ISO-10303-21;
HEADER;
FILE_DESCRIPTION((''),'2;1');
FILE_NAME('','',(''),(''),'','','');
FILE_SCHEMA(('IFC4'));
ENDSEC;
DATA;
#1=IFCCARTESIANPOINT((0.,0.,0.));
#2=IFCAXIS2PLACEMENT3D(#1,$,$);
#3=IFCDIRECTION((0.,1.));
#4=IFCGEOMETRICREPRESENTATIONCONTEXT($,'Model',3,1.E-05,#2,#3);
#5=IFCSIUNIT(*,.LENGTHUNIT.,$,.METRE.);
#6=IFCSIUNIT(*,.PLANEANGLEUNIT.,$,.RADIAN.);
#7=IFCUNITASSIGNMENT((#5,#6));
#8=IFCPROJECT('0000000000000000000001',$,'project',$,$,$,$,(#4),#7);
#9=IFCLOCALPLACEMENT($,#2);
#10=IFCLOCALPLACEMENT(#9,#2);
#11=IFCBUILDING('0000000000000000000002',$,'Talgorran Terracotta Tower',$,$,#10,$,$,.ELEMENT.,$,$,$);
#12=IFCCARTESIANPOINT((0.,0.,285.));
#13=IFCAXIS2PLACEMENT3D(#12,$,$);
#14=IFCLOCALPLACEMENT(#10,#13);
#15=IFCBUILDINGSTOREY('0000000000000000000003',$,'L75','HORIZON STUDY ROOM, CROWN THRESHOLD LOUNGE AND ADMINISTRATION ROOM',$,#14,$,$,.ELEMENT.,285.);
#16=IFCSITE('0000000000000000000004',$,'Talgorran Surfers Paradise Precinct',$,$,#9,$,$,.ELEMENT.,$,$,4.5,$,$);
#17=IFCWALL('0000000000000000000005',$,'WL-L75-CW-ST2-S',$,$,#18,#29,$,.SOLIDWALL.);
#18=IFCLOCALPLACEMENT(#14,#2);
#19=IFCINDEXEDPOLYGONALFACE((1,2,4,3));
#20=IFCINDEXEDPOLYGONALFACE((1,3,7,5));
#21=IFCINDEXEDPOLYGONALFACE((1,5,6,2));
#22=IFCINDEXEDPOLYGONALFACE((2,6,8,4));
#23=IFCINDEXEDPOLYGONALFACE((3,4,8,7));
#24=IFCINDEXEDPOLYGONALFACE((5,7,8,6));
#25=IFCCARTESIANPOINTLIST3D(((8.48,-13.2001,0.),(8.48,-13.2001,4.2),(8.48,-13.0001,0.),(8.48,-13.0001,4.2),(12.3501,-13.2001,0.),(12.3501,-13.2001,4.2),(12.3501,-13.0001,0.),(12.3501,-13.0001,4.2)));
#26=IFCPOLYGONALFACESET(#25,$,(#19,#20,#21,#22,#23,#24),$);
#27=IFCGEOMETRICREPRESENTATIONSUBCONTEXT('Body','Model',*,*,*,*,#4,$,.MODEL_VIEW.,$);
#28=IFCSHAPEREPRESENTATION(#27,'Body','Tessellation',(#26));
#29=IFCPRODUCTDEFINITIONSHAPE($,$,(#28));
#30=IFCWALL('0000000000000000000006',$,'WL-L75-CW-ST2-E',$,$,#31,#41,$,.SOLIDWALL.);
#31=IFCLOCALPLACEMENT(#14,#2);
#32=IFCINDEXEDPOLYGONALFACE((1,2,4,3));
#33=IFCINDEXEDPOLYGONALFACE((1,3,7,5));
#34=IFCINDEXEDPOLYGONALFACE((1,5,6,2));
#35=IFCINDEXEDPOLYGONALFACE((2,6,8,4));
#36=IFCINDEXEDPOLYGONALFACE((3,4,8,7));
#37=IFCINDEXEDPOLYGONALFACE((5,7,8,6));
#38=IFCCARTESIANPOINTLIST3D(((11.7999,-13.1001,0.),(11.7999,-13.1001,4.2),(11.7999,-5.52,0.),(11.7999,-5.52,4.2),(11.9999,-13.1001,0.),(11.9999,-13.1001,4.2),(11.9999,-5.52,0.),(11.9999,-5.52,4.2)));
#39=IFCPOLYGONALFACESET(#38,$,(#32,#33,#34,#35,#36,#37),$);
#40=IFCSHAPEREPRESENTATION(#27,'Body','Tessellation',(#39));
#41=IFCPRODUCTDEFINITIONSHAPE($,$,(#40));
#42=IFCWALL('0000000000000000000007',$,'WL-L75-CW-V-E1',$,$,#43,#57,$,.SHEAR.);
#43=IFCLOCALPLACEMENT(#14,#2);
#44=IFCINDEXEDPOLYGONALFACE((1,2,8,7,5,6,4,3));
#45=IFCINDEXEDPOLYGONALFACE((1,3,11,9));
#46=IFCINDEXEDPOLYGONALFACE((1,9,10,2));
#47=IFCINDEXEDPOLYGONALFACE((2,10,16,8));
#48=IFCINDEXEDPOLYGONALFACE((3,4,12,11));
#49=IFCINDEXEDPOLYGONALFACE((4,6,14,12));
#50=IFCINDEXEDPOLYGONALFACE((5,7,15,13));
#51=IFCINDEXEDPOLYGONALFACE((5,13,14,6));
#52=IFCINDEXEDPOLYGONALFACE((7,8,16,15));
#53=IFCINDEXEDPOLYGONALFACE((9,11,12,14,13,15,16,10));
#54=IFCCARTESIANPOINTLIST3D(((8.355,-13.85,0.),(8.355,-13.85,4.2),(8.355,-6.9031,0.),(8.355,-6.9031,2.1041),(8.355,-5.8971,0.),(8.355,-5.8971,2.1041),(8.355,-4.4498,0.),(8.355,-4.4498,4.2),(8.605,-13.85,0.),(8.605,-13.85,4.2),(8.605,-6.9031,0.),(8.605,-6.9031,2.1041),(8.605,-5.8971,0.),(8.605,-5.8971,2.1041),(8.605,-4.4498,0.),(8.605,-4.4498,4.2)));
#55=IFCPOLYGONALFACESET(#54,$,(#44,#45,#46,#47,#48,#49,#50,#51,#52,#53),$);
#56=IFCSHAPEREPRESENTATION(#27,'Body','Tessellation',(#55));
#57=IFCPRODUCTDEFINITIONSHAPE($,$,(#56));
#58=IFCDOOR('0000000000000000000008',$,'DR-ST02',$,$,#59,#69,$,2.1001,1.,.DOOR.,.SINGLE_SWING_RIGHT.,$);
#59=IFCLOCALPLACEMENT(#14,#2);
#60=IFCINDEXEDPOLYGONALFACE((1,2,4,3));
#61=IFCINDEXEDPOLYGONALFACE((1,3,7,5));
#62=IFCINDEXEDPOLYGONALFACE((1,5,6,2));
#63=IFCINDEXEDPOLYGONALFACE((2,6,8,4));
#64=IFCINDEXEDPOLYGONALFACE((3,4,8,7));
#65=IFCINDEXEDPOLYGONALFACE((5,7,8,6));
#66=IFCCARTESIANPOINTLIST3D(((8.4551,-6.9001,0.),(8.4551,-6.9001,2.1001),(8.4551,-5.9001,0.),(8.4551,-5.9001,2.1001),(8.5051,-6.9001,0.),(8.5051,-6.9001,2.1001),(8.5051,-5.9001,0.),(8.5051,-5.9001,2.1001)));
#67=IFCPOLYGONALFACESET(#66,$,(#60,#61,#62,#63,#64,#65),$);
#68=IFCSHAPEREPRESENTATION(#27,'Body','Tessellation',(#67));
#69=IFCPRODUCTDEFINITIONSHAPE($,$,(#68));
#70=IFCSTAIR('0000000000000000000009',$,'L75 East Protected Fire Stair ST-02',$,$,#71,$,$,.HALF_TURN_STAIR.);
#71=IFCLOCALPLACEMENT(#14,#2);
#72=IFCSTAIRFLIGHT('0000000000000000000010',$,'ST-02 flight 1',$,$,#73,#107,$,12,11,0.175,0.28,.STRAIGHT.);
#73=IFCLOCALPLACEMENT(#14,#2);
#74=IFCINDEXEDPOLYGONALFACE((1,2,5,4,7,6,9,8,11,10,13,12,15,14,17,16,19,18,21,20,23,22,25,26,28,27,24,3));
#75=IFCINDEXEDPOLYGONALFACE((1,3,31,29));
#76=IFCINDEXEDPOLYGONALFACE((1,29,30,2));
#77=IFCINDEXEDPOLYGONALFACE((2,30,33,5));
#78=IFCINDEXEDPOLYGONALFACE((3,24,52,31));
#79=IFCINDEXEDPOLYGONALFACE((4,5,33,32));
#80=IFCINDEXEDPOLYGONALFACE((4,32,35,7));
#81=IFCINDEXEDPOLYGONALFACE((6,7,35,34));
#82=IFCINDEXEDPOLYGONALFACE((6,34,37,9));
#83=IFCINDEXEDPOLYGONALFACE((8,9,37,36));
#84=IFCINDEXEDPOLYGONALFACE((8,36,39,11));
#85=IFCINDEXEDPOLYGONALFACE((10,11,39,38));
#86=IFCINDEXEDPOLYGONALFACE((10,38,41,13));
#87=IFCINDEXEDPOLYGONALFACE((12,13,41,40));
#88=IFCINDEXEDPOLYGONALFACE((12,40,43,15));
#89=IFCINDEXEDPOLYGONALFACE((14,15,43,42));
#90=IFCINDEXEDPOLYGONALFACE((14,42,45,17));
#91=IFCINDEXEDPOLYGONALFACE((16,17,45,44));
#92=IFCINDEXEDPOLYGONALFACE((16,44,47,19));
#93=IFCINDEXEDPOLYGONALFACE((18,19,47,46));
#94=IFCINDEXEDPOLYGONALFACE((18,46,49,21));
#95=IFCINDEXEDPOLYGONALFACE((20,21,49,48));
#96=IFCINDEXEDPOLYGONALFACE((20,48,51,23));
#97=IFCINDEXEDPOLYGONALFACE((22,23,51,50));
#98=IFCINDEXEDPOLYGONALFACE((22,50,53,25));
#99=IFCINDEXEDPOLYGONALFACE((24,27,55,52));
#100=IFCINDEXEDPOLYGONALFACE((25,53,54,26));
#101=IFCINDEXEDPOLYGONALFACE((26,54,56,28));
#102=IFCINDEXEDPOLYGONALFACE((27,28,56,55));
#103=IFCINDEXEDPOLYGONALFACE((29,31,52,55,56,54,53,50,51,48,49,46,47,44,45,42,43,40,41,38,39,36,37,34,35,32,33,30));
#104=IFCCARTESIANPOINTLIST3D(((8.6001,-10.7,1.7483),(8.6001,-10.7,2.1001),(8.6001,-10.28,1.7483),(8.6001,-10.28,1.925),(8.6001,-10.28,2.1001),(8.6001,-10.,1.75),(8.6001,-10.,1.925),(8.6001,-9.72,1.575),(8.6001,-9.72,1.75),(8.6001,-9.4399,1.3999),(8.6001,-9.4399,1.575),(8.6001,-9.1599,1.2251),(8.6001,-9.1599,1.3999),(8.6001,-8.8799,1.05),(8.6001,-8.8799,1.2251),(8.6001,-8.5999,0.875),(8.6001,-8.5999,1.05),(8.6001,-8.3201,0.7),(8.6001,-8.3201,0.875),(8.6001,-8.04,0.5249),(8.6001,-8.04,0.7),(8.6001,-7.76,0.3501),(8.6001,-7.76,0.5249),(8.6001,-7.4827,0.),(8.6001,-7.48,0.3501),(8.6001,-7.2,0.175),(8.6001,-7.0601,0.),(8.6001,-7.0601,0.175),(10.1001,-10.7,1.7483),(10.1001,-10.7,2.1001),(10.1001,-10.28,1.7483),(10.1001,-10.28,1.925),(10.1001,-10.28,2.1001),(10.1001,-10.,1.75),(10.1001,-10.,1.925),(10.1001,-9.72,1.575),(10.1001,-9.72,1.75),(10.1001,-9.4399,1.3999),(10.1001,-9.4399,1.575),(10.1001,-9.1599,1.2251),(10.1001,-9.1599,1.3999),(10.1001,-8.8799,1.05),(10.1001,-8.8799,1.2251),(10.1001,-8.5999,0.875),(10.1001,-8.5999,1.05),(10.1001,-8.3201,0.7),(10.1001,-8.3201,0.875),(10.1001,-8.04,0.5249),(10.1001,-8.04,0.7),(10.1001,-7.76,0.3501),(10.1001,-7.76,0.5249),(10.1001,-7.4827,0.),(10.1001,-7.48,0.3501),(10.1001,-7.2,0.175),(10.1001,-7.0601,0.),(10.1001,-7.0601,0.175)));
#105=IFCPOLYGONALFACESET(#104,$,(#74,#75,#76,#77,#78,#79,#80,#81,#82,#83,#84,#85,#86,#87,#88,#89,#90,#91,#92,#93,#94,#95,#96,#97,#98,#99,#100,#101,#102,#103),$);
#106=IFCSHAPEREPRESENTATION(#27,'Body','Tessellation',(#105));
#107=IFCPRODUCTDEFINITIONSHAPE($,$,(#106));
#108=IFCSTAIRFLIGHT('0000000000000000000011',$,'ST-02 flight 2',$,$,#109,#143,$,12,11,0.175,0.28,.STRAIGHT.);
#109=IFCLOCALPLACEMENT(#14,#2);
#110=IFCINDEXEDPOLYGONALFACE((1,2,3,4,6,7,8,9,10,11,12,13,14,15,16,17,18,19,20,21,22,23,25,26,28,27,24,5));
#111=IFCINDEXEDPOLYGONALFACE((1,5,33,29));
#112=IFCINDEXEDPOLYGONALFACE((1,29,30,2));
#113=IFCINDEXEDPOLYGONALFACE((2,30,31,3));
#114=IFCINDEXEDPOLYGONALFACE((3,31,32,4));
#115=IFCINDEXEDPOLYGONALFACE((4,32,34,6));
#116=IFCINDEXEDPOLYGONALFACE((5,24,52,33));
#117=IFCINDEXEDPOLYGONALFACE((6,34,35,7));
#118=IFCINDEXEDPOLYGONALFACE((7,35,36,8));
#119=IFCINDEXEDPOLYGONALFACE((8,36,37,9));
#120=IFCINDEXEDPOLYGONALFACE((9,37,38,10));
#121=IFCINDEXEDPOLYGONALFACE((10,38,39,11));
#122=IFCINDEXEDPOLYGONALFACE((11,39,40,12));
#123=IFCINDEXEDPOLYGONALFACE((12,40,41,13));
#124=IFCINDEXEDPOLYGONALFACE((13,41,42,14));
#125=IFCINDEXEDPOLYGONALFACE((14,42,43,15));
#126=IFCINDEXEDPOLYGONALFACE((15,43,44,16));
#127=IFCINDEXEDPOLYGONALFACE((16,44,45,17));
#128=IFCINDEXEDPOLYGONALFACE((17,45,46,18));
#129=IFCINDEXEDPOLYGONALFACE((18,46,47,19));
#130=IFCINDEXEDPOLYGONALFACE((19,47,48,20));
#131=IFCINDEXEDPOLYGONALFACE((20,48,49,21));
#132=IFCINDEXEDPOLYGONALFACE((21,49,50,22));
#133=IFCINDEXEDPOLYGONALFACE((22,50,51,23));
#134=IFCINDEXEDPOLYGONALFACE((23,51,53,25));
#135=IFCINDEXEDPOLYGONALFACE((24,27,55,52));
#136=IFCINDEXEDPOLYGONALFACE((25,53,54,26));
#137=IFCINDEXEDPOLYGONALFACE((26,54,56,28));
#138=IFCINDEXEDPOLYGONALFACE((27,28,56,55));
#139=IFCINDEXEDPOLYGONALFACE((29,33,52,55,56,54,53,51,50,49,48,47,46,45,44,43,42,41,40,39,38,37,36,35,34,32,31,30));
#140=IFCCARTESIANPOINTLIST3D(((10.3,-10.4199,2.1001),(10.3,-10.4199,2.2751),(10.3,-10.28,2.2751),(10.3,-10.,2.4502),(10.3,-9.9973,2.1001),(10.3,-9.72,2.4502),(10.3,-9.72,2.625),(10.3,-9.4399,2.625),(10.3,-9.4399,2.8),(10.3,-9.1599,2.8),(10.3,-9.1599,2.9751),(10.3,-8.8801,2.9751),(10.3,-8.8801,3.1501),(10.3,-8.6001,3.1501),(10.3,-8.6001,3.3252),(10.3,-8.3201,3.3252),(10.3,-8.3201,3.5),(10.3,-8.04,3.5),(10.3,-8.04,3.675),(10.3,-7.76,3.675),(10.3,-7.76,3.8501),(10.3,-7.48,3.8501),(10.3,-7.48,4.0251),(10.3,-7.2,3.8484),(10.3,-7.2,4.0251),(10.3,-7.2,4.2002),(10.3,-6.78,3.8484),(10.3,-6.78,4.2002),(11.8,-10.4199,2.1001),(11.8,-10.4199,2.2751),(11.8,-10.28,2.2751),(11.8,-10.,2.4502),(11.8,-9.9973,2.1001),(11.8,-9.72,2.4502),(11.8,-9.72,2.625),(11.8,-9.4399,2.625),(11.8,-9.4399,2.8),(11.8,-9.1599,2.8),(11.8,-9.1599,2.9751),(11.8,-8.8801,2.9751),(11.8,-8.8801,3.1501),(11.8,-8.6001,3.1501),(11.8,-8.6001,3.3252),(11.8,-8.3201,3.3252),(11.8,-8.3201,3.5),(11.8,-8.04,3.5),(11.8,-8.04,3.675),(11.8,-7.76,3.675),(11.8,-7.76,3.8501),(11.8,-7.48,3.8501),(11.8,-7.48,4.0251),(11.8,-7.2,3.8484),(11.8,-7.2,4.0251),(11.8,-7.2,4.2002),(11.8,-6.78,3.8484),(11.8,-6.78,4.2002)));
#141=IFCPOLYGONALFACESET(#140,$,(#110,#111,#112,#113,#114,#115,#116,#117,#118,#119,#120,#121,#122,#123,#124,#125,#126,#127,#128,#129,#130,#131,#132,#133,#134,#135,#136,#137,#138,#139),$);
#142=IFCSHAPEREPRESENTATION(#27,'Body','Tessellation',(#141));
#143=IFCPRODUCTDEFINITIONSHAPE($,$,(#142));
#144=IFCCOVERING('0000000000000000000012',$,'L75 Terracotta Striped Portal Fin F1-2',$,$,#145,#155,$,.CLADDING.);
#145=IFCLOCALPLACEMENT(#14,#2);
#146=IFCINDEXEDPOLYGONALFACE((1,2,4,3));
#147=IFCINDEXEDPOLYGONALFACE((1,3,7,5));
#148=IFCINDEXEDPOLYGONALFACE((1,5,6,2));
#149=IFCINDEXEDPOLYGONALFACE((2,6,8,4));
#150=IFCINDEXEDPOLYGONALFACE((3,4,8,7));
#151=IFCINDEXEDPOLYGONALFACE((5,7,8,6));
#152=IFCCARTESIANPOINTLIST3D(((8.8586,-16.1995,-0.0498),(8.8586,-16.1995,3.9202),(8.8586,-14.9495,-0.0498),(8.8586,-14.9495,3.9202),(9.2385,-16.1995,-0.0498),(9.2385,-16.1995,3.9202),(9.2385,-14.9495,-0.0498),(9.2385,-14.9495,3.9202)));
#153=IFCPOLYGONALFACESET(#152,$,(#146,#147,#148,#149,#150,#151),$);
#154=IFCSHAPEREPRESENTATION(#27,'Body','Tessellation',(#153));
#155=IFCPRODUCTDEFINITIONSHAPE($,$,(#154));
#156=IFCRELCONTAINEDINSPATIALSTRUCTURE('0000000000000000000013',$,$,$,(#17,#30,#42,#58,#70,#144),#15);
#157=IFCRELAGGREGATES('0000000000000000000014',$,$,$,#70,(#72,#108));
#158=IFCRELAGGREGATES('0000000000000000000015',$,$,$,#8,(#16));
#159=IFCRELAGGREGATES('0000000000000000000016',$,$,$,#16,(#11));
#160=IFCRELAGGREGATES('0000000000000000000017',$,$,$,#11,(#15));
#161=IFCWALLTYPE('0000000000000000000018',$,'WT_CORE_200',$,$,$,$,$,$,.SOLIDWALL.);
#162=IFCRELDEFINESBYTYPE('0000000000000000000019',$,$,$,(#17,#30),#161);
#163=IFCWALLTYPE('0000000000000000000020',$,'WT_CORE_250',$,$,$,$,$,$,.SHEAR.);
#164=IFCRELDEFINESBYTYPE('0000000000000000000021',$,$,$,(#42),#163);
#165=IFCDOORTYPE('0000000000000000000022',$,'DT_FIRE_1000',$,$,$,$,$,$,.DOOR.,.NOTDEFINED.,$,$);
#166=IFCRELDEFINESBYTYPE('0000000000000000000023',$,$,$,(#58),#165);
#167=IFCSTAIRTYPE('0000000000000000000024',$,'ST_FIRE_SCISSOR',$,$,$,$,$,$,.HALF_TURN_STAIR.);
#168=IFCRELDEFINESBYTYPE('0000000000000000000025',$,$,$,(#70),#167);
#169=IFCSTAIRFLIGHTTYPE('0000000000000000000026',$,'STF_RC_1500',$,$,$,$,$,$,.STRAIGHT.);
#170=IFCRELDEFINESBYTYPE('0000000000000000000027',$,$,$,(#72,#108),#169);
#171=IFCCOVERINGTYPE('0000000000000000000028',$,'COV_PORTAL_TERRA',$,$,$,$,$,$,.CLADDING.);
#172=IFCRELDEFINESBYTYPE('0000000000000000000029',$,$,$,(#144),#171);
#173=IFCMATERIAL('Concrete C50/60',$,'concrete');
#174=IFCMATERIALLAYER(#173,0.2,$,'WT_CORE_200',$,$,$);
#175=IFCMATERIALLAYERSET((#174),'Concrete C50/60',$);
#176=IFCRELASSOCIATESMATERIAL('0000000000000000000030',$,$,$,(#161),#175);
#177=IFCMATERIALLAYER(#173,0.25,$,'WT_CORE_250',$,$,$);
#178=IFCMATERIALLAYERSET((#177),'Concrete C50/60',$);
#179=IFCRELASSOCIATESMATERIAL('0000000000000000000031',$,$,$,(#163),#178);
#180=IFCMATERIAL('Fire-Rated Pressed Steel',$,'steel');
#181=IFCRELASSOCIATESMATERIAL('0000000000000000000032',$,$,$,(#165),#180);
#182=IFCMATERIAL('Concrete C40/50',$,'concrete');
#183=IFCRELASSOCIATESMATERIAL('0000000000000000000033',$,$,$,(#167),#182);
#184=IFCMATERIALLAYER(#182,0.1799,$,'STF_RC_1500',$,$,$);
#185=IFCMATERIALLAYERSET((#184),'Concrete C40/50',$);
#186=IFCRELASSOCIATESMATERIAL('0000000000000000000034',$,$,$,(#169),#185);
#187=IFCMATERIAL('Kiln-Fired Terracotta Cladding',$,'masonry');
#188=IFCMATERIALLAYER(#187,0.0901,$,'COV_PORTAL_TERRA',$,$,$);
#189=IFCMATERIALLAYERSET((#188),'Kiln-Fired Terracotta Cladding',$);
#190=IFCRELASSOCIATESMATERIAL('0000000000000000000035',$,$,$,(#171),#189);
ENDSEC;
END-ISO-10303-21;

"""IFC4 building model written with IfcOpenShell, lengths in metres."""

from ifc_helpers import new_model, si_unit, direction, frame, frame_2d, origin, origin_2d, place, context, subcontext, project, spatial, polyline, rectangle, outline, extrude, material, layer, layer_set, type_object, element, fill, aggregate, save


model = new_model("IFC4")

# Units and contexts
model_context = context("Model", 3, precision=1e-05, world=origin(), true_north=direction((0.0, 1.0)))
body_context = subcontext(model_context, "Body", "Model", "MODEL_VIEW")
ifc_project = project(units=[si_unit("LENGTHUNIT", "METRE"), si_unit("PLANEANGLEUNIT", "RADIAN")], contexts=[model_context])

# Site, building, storey
site_placement = place(None, origin())
site = spatial("IfcSite", under=ifc_project, at=site_placement, Name="Talgorran Surfers Paradise Precinct", CompositionType="ELEMENT", RefElevation=4.5)
building_placement = place(site_placement, origin())
building = spatial("IfcBuilding", under=site, at=building_placement, Name="Talgorran Terracotta Tower", CompositionType="ELEMENT")
storey_placement = place(building_placement, frame((0.0, 0.0, 285.0)))
storey = spatial("IfcBuildingStorey", under=building, at=storey_placement, Name="L75", Description="HORIZON STUDY ROOM, CROWN THRESHOLD LOUNGE AND ADMINISTRATION ROOM", CompositionType="ELEMENT", Elevation=285.0)

# Walls
ifc_material_1 = material(Name="Concrete C50/60", Category="concrete")
ifc_layer_1 = layer(ifc_material_1, 0.2, Name="WT_CORE_200")
ifc_layer_set_1 = layer_set([ifc_layer_1], Name="Concrete C50/60")
wall_type_1 = type_object("IfcWallType", Name="WT_CORE_200", PredefinedType="SOLIDWALL", material=ifc_layer_set_1)
wall_1_placement = place(storey_placement, frame((8.48, -13.1001, 0.0), z_axis=(0.0, 0.0, 1.0), x_axis=(1.0, 0.0, 0.0)))
element("IfcWall", 1, at=wall_1_placement, inside=storey, type_object=wall_type_1, Name="WL-L75-CW-ST2-S", PredefinedType="SOLIDWALL", context=body_context, shape_type="SweptSolid", body=[
    extrude(rectangle(XDim=3.8701, YDim=0.2, at=frame_2d((1.9351, 0.0))), origin(), (0.0, 0.0, 1.0), 4.2),
])
wall_2_placement = place(storey_placement, frame((11.8999, -13.1001, 0.0), z_axis=(0.0, 0.0, 1.0), x_axis=(0.0, 1.0, 0.0)))
element("IfcWall", 2, at=wall_2_placement, inside=storey, type_object=wall_type_1, Name="WL-L75-CW-ST2-E", PredefinedType="SOLIDWALL", context=body_context, shape_type="SweptSolid", body=[
    extrude(rectangle(XDim=7.5801, YDim=0.2, at=frame_2d((3.79, 0.0))), origin(), (0.0, 0.0, 1.0), 4.2),
])

# Wall, opening, door
ifc_layer_2 = layer(ifc_material_1, 0.25, Name="WT_CORE_250")
ifc_layer_set_2 = layer_set([ifc_layer_2], Name="Concrete C50/60")
wall_type_2 = type_object("IfcWallType", Name="WT_CORE_250", PredefinedType="SHEAR", material=ifc_layer_set_2)
wall_3_placement = place(storey_placement, frame((8.48, -13.8501, 0.0), z_axis=(0.0, 0.0, 1.0), x_axis=(0.0, 1.0, 0.0)))
wall_3 = element("IfcWall", 3, at=wall_3_placement, inside=storey, type_object=wall_type_2, Name="WL-L75-CW-V-E1", PredefinedType="SHEAR", context=body_context, shape_type="SweptSolid", body=[
    extrude(rectangle(XDim=9.4001, YDim=0.25, at=frame_2d((4.7002, 0.0))), origin(), (0.0, 0.0, 1.0), 4.2),
])
opening_placement = place(wall_3_placement, frame((6.95, 0.0, 0.0)))
opening = element("IfcOpeningElement", 4, at=opening_placement, cuts=wall_3, PredefinedType="OPENING", context=body_context, shape_type="SweptSolid", body=[
    extrude(rectangle(XDim=1.006, YDim=2.1041, at=frame_2d((0.5, 1.052))), frame((0.0, 0.135, 0.0), z_axis=(0.0, -1.0, 0.0), x_axis=(1.0, 0.0, 0.0)), (0.0, 0.0, 1.0), 0.27),
])
ifc_material_2 = material(Name="Fire-Rated Pressed Steel", Category="steel")
door_type = type_object("IfcDoorType", Name="DT_FIRE_1000", OperationType="NOTDEFINED", PredefinedType="DOOR", material=ifc_material_2)
door_placement = place(opening_placement, origin())
door = element("IfcDoor", 5, at=door_placement, inside=storey, type_object=door_type, Name="DR-ST02", OperationType="SINGLE_SWING_RIGHT", OverallHeight=2.1001, OverallWidth=1.0, PredefinedType="DOOR", context=body_context, shape_type="SweptSolid", body=[
    extrude(rectangle(XDim=1.0, YDim=2.1001, at=frame_2d((0.5, 1.05))), frame((0.0, 0.0249, 0.0), z_axis=(0.0, -1.0, 0.0), x_axis=(1.0, 0.0, 0.0)), (0.0, 0.0, 1.0), 0.05),
])
fill(opening, door)

# Stair, stair flights
ifc_material_3 = material(Name="Concrete C40/50", Category="concrete")
stair_type = type_object("IfcStairType", Name="ST_FIRE_SCISSOR", PredefinedType="HALF_TURN_STAIR", material=ifc_material_3)
stair_placement = place(storey_placement, origin())
stair = element("IfcStair", 6, at=stair_placement, inside=storey, type_object=stair_type, Name="L75 East Protected Fire Stair ST-02", PredefinedType="HALF_TURN_STAIR")
ifc_layer_3 = layer(ifc_material_3, 0.1799, Name="STF_RC_1500")
ifc_layer_set_3 = layer_set([ifc_layer_3], Name="Concrete C40/50")
stair_flight_type = type_object("IfcStairFlightType", Name="STF_RC_1500", PredefinedType="STRAIGHT", material=ifc_layer_set_3)
stair_flight_1_placement = place(storey_placement, frame((9.3501, -7.2, 0.0), z_axis=(0.0, 0.0, 1.0), x_axis=(0.0, -1.0, 0.0)))
stair_flight_1 = element("IfcStairFlight", 7, at=stair_flight_1_placement, type_object=stair_flight_type, Name="ST-02 flight 1", NumberOfRisers=12, NumberOfTreads=11, PredefinedType="STRAIGHT", RiserHeight=0.175, TreadLength=0.28, context=body_context, shape_type="SweptSolid", body=[
    extrude(outline(polyline([(-0.1399, 0.0), (-0.1399, 0.175), (0.0, 0.175), (0.28, 0.3501), (0.5601, 0.3501), (0.5601, 0.5249), (0.8401, 0.5249), (0.8401, 0.7), (1.1201, 0.7), (1.1201, 0.875), (1.3999, 0.875), (1.3999, 1.05), (1.6799, 1.05), (1.6799, 1.2251), (1.96, 1.2251), (1.96, 1.3999), (2.24, 1.3999), (2.24, 1.575), (2.52, 1.575), (2.52, 1.75), (2.8, 1.75), (2.8, 1.925), (3.0801, 1.925), (3.0801, 2.1001), (3.5, 2.1001), (3.5, 1.7483), (3.0801, 1.7483), (0.2827, 0.0), (-0.1399, 0.0)])), frame((0.0, 0.75, 0.0), z_axis=(0.0, -1.0, 0.0), x_axis=(1.0, 0.0, 0.0)), (0.0, 0.0, 1.0), 1.5),
])
stair_flight_2_placement = place(storey_placement, frame((11.05, -10.28, 2.1001), z_axis=(0.0, 0.0, 1.0), x_axis=(0.0, 1.0, 0.0)))
stair_flight_2 = element("IfcStairFlight", 8, at=stair_flight_2_placement, type_object=stair_flight_type, Name="ST-02 flight 2", NumberOfRisers=12, NumberOfTreads=11, PredefinedType="STRAIGHT", RiserHeight=0.175, TreadLength=0.28, context=body_context, shape_type="SweptSolid", body=[
    extrude(outline(polyline([(-0.1399, 0.0), (-0.1399, 0.175), (0.0, 0.175), (0.28, 0.3501), (0.5601, 0.3501), (0.5601, 0.5249), (0.8401, 0.5249), (0.8401, 0.7), (1.1201, 0.7), (1.1201, 0.875), (1.3999, 0.875), (1.3999, 1.05), (1.6799, 1.05), (1.6799, 1.2251), (1.96, 1.2251), (1.96, 1.3999), (2.24, 1.3999), (2.24, 1.575), (2.52, 1.575), (2.52, 1.75), (2.8, 1.75), (2.8, 1.925), (3.0801, 1.925), (3.0801, 2.1001), (3.5, 2.1001), (3.5, 1.7483), (3.0801, 1.7483), (0.2827, 0.0), (-0.1399, 0.0)])), frame((0.0, 0.75, 0.0), z_axis=(0.0, -1.0, 0.0), x_axis=(1.0, 0.0, 0.0)), (0.0, 0.0, 1.0), 1.5),
])
aggregate(stair, [stair_flight_1, stair_flight_2])

# Covering
ifc_material_4 = material(Name="Kiln-Fired Terracotta Cladding", Category="masonry")
ifc_layer_4 = layer(ifc_material_4, 0.0901, Name="COV_PORTAL_TERRA")
ifc_layer_set_4 = layer_set([ifc_layer_4], Name="Kiln-Fired Terracotta Cladding")
covering_type = type_object("IfcCoveringType", Name="COV_PORTAL_TERRA", PredefinedType="CLADDING", material=ifc_layer_set_4)
covering_placement = place(storey_placement, frame((9.0486, -15.5745, -0.0498), z_axis=(0.0, 0.0, 1.0), x_axis=(1.0, 0.0, 0.0)))
element("IfcCovering", 9, at=covering_placement, inside=storey, type_object=covering_type, Name="L75 Terracotta Striped Portal Fin F1-2", PredefinedType="CLADDING", context=body_context, shape_type="SweptSolid", body=[
    extrude(rectangle(XDim=0.3799, YDim=1.25, at=origin_2d()), origin(), (0.0, 0.0, 1.0), 3.97),
])

save(model, "model.ifc")
